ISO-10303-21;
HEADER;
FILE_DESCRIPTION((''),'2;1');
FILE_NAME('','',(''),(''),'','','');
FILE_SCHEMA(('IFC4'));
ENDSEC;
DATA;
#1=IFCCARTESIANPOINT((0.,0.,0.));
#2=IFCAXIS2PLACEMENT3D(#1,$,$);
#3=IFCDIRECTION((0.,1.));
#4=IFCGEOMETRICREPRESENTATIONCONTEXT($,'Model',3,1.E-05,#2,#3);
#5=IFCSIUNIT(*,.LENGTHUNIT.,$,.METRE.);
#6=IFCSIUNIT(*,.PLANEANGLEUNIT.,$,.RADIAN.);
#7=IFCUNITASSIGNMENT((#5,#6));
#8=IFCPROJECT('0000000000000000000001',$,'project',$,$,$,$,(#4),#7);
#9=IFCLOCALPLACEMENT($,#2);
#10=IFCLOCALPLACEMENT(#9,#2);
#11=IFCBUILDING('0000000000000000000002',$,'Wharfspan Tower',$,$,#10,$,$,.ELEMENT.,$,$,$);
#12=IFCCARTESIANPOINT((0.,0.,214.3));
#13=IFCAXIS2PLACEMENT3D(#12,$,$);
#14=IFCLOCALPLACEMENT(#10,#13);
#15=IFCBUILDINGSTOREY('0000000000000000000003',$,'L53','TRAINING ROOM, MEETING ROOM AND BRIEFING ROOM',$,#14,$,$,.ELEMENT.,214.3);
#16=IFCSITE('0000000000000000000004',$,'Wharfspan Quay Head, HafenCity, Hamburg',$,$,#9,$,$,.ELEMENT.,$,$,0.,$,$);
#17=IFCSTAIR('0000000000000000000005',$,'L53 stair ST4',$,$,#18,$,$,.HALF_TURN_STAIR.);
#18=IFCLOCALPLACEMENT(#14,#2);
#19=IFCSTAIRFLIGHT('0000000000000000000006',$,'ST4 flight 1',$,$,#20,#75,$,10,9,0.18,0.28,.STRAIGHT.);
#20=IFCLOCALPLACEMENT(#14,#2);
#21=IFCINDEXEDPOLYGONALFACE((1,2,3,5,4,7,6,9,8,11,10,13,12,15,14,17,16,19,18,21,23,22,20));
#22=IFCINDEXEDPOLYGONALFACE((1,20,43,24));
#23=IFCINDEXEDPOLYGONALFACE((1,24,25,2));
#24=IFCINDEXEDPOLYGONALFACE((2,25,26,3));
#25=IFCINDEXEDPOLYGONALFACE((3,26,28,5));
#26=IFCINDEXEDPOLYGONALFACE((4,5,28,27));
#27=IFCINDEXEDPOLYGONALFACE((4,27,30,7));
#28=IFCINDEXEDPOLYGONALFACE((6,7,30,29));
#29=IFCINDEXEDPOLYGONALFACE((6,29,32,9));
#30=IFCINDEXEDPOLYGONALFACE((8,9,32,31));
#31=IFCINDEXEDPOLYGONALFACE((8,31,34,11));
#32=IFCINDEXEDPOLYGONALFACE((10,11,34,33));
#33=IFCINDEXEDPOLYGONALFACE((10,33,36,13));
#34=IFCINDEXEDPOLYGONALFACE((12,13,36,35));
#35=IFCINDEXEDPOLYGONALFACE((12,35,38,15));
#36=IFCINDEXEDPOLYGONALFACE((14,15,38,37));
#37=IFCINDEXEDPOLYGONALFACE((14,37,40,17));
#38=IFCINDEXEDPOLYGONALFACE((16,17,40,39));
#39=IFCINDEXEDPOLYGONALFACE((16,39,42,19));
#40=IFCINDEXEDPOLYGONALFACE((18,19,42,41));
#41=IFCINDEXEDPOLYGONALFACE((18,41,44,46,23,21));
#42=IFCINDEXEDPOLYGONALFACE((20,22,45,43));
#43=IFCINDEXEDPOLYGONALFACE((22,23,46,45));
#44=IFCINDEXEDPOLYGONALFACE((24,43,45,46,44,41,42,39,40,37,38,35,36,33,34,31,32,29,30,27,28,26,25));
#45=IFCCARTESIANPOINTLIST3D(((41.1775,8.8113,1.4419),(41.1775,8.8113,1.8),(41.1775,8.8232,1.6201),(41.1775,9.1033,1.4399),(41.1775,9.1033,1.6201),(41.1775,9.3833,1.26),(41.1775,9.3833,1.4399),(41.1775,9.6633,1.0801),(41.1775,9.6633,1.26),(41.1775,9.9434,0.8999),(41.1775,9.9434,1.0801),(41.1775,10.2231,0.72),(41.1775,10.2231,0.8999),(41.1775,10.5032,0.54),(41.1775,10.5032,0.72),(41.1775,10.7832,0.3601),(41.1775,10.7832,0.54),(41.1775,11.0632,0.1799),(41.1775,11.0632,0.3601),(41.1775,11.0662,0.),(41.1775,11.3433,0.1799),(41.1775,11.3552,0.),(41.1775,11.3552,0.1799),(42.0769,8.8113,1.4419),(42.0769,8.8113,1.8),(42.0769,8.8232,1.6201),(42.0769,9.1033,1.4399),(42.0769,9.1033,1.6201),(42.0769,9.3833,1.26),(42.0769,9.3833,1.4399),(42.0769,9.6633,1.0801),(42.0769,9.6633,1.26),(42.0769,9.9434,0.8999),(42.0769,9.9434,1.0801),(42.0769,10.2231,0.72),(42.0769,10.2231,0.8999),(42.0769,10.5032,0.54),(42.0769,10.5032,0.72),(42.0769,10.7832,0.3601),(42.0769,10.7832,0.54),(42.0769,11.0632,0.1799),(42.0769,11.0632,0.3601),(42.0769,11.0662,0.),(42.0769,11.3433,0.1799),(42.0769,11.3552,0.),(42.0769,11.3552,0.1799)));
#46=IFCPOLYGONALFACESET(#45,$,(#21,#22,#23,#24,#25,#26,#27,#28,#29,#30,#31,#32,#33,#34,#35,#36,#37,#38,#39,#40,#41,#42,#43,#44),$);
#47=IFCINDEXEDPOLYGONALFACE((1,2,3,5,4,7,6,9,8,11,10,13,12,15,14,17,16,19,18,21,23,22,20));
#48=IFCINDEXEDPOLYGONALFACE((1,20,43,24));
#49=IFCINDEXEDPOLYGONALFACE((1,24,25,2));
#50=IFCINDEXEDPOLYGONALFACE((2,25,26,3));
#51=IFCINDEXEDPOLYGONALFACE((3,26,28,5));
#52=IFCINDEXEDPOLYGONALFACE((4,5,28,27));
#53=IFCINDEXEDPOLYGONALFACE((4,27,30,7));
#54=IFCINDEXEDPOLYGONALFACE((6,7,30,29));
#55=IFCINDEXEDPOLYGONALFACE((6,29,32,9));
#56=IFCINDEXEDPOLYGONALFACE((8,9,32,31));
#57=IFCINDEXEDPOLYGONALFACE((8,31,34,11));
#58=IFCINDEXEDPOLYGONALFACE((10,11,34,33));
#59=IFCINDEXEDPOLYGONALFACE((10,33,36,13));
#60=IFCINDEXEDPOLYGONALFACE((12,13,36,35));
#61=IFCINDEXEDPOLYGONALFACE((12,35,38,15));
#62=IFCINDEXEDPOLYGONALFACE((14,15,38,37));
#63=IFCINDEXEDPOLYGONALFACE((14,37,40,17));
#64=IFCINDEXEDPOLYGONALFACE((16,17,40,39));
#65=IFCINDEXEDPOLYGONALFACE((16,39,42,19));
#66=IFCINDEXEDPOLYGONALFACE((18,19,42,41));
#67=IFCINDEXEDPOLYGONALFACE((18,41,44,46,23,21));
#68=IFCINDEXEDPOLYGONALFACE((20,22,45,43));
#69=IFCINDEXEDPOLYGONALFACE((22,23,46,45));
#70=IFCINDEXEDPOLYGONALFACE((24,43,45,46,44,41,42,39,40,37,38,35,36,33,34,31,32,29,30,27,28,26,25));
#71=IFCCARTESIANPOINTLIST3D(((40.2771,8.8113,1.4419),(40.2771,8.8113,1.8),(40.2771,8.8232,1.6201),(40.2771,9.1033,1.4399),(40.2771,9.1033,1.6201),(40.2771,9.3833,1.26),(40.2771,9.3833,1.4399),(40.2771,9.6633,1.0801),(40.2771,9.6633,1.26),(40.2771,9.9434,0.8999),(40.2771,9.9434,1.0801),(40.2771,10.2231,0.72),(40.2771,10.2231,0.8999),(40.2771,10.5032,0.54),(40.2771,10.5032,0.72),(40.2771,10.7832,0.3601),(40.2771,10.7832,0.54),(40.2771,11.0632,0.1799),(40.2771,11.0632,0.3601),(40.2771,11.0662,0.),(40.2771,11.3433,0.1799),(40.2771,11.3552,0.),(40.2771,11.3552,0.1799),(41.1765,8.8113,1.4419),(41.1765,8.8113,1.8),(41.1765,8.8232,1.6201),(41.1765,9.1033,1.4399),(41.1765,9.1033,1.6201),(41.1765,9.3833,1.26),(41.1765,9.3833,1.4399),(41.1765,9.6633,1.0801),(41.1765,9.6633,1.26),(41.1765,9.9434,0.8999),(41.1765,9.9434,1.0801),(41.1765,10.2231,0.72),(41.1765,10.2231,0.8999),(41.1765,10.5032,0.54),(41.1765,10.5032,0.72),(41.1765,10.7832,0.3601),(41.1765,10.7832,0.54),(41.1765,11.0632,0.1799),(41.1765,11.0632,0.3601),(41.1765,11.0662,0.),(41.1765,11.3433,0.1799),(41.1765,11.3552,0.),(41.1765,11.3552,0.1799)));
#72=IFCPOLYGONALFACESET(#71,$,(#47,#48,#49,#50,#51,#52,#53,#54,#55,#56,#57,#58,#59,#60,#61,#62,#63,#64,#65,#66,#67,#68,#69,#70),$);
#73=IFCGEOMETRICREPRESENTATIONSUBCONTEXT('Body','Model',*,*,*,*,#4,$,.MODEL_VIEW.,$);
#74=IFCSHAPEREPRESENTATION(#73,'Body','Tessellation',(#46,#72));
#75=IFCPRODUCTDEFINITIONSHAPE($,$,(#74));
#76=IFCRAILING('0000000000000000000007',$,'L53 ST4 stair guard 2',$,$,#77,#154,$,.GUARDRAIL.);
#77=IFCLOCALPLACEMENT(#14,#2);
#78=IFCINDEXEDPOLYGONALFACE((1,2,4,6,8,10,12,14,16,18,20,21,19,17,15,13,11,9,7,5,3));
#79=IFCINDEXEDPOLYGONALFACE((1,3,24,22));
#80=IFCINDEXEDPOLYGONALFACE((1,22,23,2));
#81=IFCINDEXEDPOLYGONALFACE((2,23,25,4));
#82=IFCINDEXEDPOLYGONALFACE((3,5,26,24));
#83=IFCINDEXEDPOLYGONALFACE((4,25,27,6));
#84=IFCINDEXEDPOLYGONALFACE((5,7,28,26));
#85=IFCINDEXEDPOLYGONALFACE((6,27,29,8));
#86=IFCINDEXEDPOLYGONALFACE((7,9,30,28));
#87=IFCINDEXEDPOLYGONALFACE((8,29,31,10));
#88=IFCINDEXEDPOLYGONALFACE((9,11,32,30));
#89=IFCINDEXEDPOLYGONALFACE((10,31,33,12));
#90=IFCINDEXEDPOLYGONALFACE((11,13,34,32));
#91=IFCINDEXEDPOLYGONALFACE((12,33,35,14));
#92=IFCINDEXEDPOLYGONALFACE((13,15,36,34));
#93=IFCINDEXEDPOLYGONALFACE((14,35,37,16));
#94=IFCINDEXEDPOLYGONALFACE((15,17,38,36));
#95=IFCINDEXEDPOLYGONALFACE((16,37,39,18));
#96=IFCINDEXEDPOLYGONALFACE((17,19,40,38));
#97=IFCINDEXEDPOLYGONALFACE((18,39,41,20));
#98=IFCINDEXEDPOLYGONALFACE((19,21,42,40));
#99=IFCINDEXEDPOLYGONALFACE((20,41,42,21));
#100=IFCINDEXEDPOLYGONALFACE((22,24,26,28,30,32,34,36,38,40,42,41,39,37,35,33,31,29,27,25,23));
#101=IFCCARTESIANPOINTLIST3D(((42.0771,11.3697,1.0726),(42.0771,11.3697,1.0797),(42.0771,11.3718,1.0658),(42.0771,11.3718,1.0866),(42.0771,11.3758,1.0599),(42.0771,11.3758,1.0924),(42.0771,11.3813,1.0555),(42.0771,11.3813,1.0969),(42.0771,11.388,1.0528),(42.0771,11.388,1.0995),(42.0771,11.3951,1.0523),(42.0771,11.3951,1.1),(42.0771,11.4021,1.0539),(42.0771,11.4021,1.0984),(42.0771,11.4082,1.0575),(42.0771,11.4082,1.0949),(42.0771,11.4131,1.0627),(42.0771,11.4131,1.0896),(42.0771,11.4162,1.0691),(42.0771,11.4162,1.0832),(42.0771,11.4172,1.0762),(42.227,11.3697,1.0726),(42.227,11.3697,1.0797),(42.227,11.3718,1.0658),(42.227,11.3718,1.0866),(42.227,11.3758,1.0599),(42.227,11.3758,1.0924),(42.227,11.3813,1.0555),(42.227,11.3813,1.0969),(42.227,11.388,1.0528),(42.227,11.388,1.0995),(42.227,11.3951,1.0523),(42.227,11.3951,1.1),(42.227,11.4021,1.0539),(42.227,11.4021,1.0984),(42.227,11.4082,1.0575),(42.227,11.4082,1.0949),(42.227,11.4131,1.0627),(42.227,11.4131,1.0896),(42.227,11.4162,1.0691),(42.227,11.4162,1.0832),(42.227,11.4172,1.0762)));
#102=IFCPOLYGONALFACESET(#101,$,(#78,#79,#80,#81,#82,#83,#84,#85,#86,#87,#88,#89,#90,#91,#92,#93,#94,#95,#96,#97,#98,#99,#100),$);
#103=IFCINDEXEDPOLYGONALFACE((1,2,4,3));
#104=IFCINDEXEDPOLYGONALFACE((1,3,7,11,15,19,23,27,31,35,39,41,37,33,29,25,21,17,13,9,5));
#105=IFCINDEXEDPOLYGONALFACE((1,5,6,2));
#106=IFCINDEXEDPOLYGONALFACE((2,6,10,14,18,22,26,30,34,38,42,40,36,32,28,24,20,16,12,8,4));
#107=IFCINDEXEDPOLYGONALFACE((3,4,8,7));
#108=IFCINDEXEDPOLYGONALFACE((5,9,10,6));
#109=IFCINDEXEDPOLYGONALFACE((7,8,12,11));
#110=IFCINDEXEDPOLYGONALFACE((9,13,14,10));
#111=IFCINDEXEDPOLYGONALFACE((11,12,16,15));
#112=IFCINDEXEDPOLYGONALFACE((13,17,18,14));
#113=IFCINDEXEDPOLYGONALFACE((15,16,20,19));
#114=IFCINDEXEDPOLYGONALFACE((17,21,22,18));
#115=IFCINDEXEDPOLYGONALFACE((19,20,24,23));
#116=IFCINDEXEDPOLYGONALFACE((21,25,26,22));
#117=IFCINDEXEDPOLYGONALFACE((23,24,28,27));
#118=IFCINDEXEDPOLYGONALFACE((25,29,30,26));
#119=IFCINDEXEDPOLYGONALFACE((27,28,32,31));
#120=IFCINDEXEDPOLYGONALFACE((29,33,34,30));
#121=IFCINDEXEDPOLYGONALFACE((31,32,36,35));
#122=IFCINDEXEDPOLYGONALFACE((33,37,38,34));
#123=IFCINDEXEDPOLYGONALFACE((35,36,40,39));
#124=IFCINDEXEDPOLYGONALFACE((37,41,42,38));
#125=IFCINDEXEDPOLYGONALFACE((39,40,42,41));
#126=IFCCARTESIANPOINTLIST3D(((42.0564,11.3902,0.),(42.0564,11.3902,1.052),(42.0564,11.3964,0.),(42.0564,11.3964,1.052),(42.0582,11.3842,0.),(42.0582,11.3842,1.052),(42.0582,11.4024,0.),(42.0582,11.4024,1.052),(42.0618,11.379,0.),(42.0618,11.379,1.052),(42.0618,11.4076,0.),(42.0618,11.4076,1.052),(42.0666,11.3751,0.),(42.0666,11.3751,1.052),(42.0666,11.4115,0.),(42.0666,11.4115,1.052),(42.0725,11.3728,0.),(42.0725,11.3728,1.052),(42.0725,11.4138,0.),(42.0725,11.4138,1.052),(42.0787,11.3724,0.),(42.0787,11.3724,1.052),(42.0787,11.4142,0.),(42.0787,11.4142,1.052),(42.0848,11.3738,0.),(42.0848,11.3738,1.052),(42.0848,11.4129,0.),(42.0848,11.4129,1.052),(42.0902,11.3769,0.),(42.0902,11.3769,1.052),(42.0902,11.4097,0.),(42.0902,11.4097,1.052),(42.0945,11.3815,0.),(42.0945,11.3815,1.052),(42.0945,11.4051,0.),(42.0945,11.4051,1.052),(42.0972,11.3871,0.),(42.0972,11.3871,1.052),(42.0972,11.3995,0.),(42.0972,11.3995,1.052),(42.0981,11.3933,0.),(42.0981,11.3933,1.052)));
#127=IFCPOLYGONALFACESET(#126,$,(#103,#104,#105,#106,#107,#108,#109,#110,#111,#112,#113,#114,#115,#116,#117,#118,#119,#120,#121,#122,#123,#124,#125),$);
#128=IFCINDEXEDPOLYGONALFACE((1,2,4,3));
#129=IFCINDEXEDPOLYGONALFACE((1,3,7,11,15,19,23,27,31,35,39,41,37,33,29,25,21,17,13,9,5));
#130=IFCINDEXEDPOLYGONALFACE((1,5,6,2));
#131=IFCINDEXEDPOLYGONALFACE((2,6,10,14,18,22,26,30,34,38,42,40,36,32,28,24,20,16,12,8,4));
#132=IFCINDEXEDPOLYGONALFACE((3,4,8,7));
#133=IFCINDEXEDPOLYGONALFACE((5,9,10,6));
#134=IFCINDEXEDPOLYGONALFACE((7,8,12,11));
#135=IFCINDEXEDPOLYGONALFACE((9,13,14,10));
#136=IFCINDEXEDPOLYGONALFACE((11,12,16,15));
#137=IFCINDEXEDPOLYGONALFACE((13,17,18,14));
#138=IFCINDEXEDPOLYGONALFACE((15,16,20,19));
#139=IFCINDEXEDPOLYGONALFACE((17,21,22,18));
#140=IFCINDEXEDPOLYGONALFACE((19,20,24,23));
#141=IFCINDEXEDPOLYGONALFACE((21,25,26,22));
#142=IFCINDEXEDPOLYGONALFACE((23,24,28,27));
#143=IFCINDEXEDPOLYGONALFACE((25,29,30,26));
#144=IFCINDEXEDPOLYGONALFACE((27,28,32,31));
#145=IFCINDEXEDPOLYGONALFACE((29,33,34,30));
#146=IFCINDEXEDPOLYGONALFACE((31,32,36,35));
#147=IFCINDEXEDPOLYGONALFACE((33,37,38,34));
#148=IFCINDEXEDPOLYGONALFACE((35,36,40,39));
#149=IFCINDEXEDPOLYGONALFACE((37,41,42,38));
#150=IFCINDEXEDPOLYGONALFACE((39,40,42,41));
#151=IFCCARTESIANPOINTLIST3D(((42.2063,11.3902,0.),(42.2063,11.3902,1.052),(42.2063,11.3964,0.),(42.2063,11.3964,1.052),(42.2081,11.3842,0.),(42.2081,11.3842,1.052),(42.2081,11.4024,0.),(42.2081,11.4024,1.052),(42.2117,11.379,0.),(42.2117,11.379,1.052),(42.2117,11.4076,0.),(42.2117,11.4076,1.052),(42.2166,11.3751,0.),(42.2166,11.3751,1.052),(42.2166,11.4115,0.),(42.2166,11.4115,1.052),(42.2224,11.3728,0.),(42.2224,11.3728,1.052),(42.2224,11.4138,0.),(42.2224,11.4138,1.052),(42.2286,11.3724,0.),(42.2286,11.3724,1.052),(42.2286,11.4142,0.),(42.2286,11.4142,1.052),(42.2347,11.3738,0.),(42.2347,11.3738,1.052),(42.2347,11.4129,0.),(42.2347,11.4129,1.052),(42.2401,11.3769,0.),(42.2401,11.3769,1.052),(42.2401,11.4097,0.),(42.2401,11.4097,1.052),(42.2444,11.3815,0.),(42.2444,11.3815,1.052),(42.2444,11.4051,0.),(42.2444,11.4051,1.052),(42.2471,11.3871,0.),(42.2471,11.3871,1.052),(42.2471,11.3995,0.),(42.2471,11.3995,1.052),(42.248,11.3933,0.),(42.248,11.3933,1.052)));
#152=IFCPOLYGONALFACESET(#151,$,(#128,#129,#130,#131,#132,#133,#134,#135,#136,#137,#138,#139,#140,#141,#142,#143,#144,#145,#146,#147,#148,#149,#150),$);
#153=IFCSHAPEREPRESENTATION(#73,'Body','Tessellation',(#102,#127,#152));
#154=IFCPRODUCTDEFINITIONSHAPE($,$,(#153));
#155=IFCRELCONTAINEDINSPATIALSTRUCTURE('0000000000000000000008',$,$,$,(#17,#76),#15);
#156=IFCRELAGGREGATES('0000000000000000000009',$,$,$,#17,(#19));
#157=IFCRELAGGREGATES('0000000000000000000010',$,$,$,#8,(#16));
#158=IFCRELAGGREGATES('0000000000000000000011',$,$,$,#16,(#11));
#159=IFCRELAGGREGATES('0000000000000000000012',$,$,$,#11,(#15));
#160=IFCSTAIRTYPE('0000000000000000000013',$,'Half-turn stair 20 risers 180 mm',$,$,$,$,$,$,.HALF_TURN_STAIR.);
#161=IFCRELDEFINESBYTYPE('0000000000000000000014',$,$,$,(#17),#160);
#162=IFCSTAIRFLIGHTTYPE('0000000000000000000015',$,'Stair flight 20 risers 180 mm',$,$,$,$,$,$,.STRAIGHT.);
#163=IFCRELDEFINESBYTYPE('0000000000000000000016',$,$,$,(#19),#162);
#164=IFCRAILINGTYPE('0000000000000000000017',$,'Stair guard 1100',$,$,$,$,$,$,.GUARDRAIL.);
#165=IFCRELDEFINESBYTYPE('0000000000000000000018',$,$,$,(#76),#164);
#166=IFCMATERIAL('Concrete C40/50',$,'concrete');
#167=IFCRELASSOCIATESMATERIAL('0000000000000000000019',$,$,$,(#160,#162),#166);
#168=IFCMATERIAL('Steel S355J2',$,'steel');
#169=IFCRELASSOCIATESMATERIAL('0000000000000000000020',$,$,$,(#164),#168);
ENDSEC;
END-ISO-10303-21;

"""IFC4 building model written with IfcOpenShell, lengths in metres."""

from ifc_helpers import new_model, si_unit, direction, frame, origin, origin_2d, place, context, subcontext, project, spatial, polyline, circle, outline, extrude, material, type_object, element, aggregate, save


model = new_model("IFC4")

# Units and contexts
model_context = context("Model", 3, precision=1e-05, world=origin(), true_north=direction((0.0, 1.0)))
body_context = subcontext(model_context, "Body", "Model", "MODEL_VIEW")
ifc_project = project(units=[si_unit("LENGTHUNIT", "METRE"), si_unit("PLANEANGLEUNIT", "RADIAN")], contexts=[model_context])

# Site, building, storey
site_placement = place(None, origin())
site = spatial("IfcSite", under=ifc_project, at=site_placement, Name="Wharfspan Quay Head, HafenCity, Hamburg", CompositionType="ELEMENT", RefElevation=0.0)
building_placement = place(site_placement, origin())
building = spatial("IfcBuilding", under=site, at=building_placement, Name="Wharfspan Tower", CompositionType="ELEMENT")
storey_placement = place(building_placement, frame((0.0, 0.0, 214.3)))
storey = spatial("IfcBuildingStorey", under=building, at=storey_placement, Name="L53", Description="TRAINING ROOM, MEETING ROOM AND BRIEFING ROOM", CompositionType="ELEMENT", Elevation=214.3)

# Shared definitions
ifc_material_1 = material(Name="Steel S355J2", Category="steel")

# Shared definitions
ifc_material_2 = material(Name="Concrete C40/50", Category="concrete")

# Stair, stair flight
stair_type = type_object("IfcStairType", Name="Half-turn stair 20 risers 180 mm", PredefinedType="HALF_TURN_STAIR", material=ifc_material_2)
stair_placement = place(storey_placement, origin())
stair = element("IfcStair", 1, at=stair_placement, inside=storey, type_object=stair_type, Name="L53 stair ST4", PredefinedType="HALF_TURN_STAIR")
stair_flight_type = type_object("IfcStairFlightType", Name="Stair flight 20 risers 180 mm", PredefinedType="STRAIGHT", material=ifc_material_2)
stair_flight_placement = place(storey_placement, frame((41.177, 11.3433, 0.0), z_axis=(0.0, 0.0, 1.0), x_axis=(0.0, -1.0, 0.0)))
stair_flight = element("IfcStairFlight", 2, at=stair_flight_placement, type_object=stair_flight_type, Name="ST4 flight 1", NumberOfRisers=10, NumberOfTreads=9, PredefinedType="STRAIGHT", RiserHeight=0.18, TreadLength=0.28, context=body_context, shape_type="SweptSolid", body=[
    extrude(outline(polyline([(-0.012, 0.0), (-0.012, 0.1799), (0.0, 0.1799), (0.28, 0.1799), (0.28, 0.3601), (0.5601, 0.3601), (0.5601, 0.54), (0.8401, 0.54), (0.8401, 0.72), (1.1201, 0.72), (1.1201, 0.8999), (1.3999, 0.8999), (1.3999, 1.0801), (1.6799, 1.0801), (1.6799, 1.26), (1.96, 1.26), (1.96, 1.4399), (2.24, 1.4399), (2.24, 1.6201), (2.52, 1.6201), (2.532, 1.8), (2.532, 1.4419), (0.2771, 0.0), (-0.012, 0.0)])), frame((0.0, 0.8999, 0.0), z_axis=(0.0, -1.0, 0.0), x_axis=(1.0, 0.0, 0.0)), (0.0, 0.0, 1.0), 0.8994),
    extrude(outline(polyline([(-0.012, 0.0), (-0.012, 0.1799), (0.0, 0.1799), (0.28, 0.1799), (0.28, 0.3601), (0.5601, 0.3601), (0.5601, 0.54), (0.8401, 0.54), (0.8401, 0.72), (1.1201, 0.72), (1.1201, 0.8999), (1.3999, 0.8999), (1.3999, 1.0801), (1.6799, 1.0801), (1.6799, 1.26), (1.96, 1.26), (1.96, 1.4399), (2.24, 1.4399), (2.24, 1.6201), (2.52, 1.6201), (2.532, 1.8), (2.532, 1.4419), (0.2771, 0.0), (-0.012, 0.0)])), frame((0.0, -0.0005, 0.0), z_axis=(0.0, -1.0, 0.0), x_axis=(1.0, 0.0, 0.0)), (0.0, 0.0, 1.0), 0.8994),
])
aggregate(stair, [stair_flight])

# Railing
railing_type_1 = type_object("IfcRailingType", Name="Stair guard 1100", PredefinedType="GUARDRAIL", material=ifc_material_1)
railing_1_placement = place(storey_placement, frame((42.0771, 11.3933, 0.0)))
element("IfcRailing", 3, at=railing_1_placement, inside=storey, type_object=railing_type_1, Name="L53 ST4 stair guard 2", PredefinedType="GUARDRAIL", context=body_context, shape_type="SweptSolid", body=[
    extrude(circle(Radius=0.0239, at=origin_2d()), frame((0.0, 0.0, 1.0762), z_axis=(1.0, 0.0, 0.0), x_axis=(0.0, 1.0, 0.0)), (0.0, 0.0, 1.0), 0.1499),
    extrude(circle(Radius=0.021, at=origin_2d()), origin(), (0.0, 0.0, 1.0), 1.052),
    extrude(circle(Radius=0.021, at=origin_2d()), frame((0.1499, 0.0, 0.0)), (0.0, 0.0, 1.0), 1.052),
])

save(model, "model.ifc")
